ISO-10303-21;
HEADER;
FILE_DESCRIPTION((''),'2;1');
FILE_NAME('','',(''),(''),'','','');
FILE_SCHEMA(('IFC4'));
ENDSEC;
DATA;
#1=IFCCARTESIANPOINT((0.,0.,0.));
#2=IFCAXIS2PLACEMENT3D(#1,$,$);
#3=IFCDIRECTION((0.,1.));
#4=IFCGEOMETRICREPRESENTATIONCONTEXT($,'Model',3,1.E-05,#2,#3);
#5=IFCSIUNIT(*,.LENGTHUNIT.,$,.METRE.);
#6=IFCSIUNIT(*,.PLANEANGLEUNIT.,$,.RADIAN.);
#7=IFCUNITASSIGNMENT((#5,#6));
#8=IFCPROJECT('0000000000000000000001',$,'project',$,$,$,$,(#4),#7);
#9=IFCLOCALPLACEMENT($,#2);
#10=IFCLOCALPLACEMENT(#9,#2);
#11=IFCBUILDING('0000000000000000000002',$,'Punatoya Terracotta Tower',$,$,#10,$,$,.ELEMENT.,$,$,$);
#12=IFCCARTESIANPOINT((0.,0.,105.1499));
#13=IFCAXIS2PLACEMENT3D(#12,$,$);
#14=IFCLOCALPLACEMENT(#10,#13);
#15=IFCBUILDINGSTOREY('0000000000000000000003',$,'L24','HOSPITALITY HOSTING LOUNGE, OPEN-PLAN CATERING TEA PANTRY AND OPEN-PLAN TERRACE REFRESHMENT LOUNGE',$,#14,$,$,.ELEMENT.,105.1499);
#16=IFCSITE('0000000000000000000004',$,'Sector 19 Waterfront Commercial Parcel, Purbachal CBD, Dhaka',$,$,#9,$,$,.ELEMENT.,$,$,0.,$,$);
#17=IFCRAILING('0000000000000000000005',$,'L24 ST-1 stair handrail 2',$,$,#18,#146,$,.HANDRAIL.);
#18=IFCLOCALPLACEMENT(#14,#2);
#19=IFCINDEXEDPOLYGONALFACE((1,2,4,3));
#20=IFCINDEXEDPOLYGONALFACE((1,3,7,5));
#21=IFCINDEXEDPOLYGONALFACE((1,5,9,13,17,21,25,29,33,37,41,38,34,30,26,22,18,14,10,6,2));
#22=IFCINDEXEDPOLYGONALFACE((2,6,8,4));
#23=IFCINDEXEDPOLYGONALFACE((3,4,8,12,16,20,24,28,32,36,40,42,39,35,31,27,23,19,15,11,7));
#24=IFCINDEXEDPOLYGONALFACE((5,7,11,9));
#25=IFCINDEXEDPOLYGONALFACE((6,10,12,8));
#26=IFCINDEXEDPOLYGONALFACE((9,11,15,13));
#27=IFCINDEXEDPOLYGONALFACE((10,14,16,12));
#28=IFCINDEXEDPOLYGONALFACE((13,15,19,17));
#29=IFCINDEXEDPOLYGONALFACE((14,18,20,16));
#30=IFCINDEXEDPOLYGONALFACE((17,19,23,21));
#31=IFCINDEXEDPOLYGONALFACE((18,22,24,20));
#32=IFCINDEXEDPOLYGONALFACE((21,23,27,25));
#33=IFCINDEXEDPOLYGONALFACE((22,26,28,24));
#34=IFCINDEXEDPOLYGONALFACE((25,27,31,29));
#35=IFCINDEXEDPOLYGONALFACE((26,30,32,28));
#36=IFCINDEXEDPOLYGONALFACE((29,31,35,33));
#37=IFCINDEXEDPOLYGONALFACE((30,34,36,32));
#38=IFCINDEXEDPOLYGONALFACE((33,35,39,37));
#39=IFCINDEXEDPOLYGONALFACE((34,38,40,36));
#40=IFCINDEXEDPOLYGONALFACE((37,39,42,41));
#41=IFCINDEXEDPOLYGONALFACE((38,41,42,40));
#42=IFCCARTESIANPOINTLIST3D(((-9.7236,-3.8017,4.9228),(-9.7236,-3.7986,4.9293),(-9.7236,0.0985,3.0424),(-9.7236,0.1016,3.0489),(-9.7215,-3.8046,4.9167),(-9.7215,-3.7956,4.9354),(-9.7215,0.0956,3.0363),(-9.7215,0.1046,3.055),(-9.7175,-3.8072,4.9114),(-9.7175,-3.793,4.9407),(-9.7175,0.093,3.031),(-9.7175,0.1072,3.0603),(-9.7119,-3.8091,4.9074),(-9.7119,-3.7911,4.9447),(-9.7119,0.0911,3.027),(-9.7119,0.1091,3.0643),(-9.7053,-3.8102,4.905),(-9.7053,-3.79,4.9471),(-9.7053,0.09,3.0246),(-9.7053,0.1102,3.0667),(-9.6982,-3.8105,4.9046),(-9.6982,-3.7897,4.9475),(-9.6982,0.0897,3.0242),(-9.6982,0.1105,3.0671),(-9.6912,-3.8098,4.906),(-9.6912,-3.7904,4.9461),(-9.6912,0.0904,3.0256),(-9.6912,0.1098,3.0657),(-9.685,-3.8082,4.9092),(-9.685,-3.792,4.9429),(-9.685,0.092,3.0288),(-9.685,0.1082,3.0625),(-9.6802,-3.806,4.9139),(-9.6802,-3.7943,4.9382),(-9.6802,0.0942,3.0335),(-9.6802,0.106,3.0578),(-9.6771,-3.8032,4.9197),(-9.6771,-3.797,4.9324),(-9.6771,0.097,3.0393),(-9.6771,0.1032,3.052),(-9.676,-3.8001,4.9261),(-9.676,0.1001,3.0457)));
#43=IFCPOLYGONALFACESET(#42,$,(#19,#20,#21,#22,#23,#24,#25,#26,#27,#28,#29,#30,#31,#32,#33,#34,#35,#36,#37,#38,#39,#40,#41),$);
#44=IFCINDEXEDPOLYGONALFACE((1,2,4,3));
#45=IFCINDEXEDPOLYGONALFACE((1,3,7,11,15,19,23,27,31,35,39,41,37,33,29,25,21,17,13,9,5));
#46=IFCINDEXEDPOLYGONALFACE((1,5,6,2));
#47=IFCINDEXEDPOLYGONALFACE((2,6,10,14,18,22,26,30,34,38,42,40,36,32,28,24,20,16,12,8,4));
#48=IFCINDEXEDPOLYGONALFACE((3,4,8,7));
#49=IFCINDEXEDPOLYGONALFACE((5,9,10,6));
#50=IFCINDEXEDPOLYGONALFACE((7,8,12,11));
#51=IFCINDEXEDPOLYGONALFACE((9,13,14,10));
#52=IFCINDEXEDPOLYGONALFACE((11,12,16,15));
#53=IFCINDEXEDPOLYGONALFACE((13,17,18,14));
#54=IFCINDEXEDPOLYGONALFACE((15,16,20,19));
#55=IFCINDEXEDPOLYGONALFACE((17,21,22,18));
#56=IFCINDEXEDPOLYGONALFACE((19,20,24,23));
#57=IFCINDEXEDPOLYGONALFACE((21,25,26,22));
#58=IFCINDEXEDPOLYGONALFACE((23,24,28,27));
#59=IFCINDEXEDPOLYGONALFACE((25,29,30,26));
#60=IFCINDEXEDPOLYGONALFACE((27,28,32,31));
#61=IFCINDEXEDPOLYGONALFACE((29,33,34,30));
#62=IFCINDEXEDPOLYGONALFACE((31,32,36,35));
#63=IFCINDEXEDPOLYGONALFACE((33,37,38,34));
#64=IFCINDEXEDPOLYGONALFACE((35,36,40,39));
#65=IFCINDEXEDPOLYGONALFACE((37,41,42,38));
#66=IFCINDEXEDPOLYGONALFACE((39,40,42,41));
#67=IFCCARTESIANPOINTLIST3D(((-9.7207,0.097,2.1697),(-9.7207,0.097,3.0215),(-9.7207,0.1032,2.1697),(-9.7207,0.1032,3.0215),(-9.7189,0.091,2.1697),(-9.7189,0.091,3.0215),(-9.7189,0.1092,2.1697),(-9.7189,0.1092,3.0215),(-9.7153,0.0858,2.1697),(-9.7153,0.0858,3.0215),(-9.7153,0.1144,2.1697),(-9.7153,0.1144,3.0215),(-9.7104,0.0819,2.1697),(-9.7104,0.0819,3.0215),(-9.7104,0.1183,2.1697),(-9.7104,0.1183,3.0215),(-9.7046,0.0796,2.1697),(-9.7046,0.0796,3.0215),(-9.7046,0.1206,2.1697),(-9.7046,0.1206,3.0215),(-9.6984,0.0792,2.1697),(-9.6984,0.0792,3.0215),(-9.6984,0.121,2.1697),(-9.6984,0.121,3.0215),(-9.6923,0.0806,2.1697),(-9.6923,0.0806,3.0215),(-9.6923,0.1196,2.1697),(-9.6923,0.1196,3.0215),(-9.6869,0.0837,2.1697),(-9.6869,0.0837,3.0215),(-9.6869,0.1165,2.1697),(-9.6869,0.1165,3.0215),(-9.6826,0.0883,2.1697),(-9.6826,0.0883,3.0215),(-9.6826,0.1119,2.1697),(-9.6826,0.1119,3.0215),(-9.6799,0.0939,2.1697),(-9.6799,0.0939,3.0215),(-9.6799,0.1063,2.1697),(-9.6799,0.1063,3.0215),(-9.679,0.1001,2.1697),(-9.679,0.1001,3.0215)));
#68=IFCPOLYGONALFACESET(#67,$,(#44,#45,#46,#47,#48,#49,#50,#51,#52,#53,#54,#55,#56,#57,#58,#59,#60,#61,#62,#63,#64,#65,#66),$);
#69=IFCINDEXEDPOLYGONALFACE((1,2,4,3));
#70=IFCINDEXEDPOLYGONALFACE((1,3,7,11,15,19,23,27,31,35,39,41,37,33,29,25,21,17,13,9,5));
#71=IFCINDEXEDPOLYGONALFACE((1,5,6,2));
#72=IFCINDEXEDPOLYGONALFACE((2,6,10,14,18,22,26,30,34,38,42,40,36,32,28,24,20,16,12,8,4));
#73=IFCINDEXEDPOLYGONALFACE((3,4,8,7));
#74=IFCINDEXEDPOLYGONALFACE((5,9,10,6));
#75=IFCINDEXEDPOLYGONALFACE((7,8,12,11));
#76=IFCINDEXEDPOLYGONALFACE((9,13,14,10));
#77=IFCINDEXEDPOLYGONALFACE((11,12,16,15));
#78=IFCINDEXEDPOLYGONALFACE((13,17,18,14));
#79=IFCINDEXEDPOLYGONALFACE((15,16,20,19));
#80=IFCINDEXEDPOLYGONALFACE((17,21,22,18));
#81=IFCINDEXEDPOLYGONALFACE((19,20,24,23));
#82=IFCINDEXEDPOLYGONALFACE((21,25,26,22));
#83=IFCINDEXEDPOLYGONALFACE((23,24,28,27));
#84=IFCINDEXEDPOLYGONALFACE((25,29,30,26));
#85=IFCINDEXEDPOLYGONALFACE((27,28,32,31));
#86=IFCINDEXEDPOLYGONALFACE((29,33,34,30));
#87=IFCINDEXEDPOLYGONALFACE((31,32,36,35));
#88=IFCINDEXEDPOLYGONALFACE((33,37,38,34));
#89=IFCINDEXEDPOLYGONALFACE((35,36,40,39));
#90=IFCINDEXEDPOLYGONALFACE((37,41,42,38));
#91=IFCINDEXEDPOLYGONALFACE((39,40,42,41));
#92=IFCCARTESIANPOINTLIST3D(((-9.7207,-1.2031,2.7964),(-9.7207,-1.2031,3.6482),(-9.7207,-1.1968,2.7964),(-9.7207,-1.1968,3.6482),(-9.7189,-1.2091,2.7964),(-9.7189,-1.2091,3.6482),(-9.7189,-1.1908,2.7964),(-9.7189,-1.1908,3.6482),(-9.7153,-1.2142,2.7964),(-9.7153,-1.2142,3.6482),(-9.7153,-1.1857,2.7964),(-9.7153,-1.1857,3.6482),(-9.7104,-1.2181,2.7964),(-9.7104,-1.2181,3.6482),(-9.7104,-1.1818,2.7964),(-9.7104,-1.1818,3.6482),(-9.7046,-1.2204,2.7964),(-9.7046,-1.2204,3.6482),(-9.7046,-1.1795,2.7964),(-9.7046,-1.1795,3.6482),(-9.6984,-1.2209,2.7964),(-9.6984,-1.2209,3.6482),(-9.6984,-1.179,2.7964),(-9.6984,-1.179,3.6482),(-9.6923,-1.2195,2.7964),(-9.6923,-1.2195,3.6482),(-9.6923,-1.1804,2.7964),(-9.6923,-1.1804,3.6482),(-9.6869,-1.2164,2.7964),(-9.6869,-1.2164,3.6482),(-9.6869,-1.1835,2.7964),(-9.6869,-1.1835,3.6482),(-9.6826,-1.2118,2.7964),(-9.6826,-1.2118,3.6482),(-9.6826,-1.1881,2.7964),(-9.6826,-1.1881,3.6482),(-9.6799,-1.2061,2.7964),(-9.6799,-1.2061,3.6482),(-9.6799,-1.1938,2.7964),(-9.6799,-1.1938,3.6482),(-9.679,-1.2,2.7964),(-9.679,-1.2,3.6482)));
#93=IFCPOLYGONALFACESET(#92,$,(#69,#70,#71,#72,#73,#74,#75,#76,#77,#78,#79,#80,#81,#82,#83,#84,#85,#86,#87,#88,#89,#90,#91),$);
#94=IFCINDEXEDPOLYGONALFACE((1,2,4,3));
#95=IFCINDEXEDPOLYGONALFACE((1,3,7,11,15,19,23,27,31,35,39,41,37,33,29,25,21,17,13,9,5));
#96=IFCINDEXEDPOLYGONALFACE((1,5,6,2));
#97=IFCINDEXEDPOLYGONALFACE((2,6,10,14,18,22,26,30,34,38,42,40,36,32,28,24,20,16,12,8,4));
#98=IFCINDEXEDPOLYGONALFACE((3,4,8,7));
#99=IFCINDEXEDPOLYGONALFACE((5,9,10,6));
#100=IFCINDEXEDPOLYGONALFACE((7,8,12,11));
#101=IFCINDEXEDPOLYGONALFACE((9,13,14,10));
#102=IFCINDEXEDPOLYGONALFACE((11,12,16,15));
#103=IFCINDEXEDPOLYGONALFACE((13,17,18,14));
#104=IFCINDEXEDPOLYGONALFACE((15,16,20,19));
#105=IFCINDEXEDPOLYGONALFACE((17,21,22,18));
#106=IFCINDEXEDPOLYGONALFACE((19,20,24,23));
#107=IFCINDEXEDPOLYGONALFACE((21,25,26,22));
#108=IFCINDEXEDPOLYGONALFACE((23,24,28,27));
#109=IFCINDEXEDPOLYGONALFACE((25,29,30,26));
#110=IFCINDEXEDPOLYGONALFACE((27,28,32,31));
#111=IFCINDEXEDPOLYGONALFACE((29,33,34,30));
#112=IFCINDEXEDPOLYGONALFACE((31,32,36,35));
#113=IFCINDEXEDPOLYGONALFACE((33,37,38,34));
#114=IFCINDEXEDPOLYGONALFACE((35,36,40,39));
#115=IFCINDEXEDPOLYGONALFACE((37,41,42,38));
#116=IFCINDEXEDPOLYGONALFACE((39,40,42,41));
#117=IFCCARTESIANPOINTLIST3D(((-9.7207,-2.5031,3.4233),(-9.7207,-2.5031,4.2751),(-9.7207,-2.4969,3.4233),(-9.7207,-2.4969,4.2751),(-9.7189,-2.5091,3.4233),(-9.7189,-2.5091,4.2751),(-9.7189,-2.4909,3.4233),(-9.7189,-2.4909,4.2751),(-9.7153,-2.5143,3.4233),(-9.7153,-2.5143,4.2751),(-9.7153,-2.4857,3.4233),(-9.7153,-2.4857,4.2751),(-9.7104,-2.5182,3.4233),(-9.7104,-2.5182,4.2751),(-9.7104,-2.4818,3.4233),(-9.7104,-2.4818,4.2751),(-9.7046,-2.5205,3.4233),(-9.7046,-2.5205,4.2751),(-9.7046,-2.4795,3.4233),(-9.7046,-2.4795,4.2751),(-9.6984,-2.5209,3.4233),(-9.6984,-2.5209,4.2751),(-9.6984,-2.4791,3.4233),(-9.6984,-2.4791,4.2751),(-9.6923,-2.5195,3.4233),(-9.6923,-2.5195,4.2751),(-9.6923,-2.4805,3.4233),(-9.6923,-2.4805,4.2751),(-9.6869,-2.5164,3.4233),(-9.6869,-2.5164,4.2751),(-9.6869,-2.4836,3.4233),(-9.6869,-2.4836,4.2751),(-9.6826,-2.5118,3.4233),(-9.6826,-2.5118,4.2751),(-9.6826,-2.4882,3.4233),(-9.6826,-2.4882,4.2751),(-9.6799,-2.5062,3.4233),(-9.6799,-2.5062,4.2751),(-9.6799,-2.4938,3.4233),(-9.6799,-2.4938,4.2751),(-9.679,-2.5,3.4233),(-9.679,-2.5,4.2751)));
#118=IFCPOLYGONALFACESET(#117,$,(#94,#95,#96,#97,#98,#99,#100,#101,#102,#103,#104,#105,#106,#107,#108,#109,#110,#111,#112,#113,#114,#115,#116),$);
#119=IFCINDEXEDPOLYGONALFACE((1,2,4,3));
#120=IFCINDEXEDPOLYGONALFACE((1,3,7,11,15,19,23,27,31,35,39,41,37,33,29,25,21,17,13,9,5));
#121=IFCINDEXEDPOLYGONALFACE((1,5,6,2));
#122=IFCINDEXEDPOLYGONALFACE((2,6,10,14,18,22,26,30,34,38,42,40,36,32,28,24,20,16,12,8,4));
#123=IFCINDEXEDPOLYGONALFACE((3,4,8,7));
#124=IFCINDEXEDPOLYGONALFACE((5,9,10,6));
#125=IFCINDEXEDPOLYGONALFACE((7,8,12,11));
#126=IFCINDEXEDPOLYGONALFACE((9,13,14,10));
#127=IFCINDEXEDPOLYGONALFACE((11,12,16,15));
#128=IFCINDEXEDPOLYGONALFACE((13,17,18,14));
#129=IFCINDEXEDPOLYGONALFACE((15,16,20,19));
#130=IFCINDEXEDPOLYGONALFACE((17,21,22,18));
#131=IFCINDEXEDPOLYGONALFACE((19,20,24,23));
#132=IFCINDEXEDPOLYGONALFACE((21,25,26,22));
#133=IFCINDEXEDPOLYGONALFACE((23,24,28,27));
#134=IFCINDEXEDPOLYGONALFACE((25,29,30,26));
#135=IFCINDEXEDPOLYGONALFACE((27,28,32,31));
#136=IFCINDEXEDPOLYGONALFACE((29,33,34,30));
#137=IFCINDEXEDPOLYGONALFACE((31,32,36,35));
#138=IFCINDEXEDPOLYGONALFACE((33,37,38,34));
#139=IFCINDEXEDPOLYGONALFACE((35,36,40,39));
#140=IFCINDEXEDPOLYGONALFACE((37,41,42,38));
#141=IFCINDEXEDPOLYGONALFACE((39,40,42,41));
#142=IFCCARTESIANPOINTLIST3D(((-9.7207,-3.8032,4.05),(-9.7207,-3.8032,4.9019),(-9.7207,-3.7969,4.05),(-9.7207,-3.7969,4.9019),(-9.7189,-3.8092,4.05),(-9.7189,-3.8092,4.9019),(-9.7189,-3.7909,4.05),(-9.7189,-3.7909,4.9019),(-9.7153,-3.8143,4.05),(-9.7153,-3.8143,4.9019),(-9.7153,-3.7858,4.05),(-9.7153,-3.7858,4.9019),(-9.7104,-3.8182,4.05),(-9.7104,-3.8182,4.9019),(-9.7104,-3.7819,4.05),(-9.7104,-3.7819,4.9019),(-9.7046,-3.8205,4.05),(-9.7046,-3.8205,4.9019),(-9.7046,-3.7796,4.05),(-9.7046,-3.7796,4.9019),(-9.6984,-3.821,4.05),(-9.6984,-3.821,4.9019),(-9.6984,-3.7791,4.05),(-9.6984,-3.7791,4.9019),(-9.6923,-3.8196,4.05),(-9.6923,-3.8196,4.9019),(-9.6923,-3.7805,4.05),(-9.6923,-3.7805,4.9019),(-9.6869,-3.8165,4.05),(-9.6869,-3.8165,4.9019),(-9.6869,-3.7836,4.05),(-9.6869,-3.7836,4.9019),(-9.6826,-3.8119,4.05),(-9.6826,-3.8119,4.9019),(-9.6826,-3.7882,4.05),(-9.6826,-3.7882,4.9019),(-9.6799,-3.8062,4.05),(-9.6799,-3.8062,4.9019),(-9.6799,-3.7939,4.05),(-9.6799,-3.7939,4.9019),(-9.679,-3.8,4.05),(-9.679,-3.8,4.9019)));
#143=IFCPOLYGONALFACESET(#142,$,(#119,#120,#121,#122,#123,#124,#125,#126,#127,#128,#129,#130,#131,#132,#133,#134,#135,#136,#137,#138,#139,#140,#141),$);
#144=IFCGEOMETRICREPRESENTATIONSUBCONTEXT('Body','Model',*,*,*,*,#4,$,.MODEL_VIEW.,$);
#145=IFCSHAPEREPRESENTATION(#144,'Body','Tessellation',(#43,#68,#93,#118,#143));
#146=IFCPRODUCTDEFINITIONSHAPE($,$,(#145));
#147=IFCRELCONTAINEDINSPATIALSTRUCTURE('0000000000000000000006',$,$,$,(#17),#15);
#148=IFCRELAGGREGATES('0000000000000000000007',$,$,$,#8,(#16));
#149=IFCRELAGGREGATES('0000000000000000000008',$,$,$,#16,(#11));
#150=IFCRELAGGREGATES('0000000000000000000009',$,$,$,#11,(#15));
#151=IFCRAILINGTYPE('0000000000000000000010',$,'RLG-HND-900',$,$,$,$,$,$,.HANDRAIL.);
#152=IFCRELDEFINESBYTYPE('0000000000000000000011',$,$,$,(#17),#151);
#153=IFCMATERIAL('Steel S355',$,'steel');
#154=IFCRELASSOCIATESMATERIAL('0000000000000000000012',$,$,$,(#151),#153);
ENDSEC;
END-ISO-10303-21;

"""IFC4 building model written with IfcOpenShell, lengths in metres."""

from ifc_helpers import new_model, si_unit, direction, frame, origin, origin_2d, place, context, subcontext, project, spatial, circle, extrude, material, type_object, element, save


model = new_model("IFC4")

# Units and contexts
model_context = context("Model", 3, precision=1e-05, world=origin(), true_north=direction((0.0, 1.0)))
body_context = subcontext(model_context, "Body", "Model", "MODEL_VIEW")
ifc_project = project(units=[si_unit("LENGTHUNIT", "METRE"), si_unit("PLANEANGLEUNIT", "RADIAN")], contexts=[model_context])

# Site, building, storey
site_placement = place(None, origin())
site = spatial("IfcSite", under=ifc_project, at=site_placement, Name="Sector 19 Waterfront Commercial Parcel, Purbachal CBD, Dhaka", CompositionType="ELEMENT", RefElevation=0.0)
building_placement = place(site_placement, origin())
building = spatial("IfcBuilding", under=site, at=building_placement, Name="Punatoya Terracotta Tower", CompositionType="ELEMENT")
storey_placement = place(building_placement, frame((0.0, 0.0, 105.1499)))
storey = spatial("IfcBuildingStorey", under=building, at=storey_placement, Name="L24", Description="HOSPITALITY HOSTING LOUNGE, OPEN-PLAN CATERING TEA PANTRY AND OPEN-PLAN TERRACE REFRESHMENT LOUNGE", CompositionType="ELEMENT", Elevation=105.1499)

# Shared definitions
ifc_material_1 = material(Name="Steel S355", Category="steel")

# Railing
railing_type_1 = type_object("IfcRailingType", Name="RLG-HND-900", PredefinedType="HANDRAIL", material=ifc_material_1)
railing_1_placement = place(storey_placement, frame((-9.7, 0.1001, 2.1697)))
element("IfcRailing", 1, at=railing_1_placement, inside=storey, type_object=railing_type_1, Name="L24 ST-1 stair handrail 2", PredefinedType="HANDRAIL", context=body_context, shape_type="SweptSolid", body=[
    extrude(circle(Radius=0.0239, at=origin_2d()), frame((0.0, 0.0, 0.876), z_axis=(0.0, -0.900774, 0.434289), x_axis=(1.0, 0.0, 0.0)), (0.0, 0.0, 1.0), 4.3298),
    extrude(circle(Radius=0.021, at=origin_2d()), origin(), (0.0, 0.0, 1.0), 0.8518),
    extrude(circle(Radius=0.021, at=origin_2d()), frame((0.0, -1.3, 0.6267)), (0.0, 0.0, 1.0), 0.8518),
    extrude(circle(Radius=0.021, at=origin_2d()), frame((0.0, -2.6001, 1.2537)), (0.0, 0.0, 1.0), 0.8518),
    extrude(circle(Radius=0.021, at=origin_2d()), frame((0.0, -3.9001, 1.8804)), (0.0, 0.0, 1.0), 0.8518),
])

save(model, "model.ifc")
